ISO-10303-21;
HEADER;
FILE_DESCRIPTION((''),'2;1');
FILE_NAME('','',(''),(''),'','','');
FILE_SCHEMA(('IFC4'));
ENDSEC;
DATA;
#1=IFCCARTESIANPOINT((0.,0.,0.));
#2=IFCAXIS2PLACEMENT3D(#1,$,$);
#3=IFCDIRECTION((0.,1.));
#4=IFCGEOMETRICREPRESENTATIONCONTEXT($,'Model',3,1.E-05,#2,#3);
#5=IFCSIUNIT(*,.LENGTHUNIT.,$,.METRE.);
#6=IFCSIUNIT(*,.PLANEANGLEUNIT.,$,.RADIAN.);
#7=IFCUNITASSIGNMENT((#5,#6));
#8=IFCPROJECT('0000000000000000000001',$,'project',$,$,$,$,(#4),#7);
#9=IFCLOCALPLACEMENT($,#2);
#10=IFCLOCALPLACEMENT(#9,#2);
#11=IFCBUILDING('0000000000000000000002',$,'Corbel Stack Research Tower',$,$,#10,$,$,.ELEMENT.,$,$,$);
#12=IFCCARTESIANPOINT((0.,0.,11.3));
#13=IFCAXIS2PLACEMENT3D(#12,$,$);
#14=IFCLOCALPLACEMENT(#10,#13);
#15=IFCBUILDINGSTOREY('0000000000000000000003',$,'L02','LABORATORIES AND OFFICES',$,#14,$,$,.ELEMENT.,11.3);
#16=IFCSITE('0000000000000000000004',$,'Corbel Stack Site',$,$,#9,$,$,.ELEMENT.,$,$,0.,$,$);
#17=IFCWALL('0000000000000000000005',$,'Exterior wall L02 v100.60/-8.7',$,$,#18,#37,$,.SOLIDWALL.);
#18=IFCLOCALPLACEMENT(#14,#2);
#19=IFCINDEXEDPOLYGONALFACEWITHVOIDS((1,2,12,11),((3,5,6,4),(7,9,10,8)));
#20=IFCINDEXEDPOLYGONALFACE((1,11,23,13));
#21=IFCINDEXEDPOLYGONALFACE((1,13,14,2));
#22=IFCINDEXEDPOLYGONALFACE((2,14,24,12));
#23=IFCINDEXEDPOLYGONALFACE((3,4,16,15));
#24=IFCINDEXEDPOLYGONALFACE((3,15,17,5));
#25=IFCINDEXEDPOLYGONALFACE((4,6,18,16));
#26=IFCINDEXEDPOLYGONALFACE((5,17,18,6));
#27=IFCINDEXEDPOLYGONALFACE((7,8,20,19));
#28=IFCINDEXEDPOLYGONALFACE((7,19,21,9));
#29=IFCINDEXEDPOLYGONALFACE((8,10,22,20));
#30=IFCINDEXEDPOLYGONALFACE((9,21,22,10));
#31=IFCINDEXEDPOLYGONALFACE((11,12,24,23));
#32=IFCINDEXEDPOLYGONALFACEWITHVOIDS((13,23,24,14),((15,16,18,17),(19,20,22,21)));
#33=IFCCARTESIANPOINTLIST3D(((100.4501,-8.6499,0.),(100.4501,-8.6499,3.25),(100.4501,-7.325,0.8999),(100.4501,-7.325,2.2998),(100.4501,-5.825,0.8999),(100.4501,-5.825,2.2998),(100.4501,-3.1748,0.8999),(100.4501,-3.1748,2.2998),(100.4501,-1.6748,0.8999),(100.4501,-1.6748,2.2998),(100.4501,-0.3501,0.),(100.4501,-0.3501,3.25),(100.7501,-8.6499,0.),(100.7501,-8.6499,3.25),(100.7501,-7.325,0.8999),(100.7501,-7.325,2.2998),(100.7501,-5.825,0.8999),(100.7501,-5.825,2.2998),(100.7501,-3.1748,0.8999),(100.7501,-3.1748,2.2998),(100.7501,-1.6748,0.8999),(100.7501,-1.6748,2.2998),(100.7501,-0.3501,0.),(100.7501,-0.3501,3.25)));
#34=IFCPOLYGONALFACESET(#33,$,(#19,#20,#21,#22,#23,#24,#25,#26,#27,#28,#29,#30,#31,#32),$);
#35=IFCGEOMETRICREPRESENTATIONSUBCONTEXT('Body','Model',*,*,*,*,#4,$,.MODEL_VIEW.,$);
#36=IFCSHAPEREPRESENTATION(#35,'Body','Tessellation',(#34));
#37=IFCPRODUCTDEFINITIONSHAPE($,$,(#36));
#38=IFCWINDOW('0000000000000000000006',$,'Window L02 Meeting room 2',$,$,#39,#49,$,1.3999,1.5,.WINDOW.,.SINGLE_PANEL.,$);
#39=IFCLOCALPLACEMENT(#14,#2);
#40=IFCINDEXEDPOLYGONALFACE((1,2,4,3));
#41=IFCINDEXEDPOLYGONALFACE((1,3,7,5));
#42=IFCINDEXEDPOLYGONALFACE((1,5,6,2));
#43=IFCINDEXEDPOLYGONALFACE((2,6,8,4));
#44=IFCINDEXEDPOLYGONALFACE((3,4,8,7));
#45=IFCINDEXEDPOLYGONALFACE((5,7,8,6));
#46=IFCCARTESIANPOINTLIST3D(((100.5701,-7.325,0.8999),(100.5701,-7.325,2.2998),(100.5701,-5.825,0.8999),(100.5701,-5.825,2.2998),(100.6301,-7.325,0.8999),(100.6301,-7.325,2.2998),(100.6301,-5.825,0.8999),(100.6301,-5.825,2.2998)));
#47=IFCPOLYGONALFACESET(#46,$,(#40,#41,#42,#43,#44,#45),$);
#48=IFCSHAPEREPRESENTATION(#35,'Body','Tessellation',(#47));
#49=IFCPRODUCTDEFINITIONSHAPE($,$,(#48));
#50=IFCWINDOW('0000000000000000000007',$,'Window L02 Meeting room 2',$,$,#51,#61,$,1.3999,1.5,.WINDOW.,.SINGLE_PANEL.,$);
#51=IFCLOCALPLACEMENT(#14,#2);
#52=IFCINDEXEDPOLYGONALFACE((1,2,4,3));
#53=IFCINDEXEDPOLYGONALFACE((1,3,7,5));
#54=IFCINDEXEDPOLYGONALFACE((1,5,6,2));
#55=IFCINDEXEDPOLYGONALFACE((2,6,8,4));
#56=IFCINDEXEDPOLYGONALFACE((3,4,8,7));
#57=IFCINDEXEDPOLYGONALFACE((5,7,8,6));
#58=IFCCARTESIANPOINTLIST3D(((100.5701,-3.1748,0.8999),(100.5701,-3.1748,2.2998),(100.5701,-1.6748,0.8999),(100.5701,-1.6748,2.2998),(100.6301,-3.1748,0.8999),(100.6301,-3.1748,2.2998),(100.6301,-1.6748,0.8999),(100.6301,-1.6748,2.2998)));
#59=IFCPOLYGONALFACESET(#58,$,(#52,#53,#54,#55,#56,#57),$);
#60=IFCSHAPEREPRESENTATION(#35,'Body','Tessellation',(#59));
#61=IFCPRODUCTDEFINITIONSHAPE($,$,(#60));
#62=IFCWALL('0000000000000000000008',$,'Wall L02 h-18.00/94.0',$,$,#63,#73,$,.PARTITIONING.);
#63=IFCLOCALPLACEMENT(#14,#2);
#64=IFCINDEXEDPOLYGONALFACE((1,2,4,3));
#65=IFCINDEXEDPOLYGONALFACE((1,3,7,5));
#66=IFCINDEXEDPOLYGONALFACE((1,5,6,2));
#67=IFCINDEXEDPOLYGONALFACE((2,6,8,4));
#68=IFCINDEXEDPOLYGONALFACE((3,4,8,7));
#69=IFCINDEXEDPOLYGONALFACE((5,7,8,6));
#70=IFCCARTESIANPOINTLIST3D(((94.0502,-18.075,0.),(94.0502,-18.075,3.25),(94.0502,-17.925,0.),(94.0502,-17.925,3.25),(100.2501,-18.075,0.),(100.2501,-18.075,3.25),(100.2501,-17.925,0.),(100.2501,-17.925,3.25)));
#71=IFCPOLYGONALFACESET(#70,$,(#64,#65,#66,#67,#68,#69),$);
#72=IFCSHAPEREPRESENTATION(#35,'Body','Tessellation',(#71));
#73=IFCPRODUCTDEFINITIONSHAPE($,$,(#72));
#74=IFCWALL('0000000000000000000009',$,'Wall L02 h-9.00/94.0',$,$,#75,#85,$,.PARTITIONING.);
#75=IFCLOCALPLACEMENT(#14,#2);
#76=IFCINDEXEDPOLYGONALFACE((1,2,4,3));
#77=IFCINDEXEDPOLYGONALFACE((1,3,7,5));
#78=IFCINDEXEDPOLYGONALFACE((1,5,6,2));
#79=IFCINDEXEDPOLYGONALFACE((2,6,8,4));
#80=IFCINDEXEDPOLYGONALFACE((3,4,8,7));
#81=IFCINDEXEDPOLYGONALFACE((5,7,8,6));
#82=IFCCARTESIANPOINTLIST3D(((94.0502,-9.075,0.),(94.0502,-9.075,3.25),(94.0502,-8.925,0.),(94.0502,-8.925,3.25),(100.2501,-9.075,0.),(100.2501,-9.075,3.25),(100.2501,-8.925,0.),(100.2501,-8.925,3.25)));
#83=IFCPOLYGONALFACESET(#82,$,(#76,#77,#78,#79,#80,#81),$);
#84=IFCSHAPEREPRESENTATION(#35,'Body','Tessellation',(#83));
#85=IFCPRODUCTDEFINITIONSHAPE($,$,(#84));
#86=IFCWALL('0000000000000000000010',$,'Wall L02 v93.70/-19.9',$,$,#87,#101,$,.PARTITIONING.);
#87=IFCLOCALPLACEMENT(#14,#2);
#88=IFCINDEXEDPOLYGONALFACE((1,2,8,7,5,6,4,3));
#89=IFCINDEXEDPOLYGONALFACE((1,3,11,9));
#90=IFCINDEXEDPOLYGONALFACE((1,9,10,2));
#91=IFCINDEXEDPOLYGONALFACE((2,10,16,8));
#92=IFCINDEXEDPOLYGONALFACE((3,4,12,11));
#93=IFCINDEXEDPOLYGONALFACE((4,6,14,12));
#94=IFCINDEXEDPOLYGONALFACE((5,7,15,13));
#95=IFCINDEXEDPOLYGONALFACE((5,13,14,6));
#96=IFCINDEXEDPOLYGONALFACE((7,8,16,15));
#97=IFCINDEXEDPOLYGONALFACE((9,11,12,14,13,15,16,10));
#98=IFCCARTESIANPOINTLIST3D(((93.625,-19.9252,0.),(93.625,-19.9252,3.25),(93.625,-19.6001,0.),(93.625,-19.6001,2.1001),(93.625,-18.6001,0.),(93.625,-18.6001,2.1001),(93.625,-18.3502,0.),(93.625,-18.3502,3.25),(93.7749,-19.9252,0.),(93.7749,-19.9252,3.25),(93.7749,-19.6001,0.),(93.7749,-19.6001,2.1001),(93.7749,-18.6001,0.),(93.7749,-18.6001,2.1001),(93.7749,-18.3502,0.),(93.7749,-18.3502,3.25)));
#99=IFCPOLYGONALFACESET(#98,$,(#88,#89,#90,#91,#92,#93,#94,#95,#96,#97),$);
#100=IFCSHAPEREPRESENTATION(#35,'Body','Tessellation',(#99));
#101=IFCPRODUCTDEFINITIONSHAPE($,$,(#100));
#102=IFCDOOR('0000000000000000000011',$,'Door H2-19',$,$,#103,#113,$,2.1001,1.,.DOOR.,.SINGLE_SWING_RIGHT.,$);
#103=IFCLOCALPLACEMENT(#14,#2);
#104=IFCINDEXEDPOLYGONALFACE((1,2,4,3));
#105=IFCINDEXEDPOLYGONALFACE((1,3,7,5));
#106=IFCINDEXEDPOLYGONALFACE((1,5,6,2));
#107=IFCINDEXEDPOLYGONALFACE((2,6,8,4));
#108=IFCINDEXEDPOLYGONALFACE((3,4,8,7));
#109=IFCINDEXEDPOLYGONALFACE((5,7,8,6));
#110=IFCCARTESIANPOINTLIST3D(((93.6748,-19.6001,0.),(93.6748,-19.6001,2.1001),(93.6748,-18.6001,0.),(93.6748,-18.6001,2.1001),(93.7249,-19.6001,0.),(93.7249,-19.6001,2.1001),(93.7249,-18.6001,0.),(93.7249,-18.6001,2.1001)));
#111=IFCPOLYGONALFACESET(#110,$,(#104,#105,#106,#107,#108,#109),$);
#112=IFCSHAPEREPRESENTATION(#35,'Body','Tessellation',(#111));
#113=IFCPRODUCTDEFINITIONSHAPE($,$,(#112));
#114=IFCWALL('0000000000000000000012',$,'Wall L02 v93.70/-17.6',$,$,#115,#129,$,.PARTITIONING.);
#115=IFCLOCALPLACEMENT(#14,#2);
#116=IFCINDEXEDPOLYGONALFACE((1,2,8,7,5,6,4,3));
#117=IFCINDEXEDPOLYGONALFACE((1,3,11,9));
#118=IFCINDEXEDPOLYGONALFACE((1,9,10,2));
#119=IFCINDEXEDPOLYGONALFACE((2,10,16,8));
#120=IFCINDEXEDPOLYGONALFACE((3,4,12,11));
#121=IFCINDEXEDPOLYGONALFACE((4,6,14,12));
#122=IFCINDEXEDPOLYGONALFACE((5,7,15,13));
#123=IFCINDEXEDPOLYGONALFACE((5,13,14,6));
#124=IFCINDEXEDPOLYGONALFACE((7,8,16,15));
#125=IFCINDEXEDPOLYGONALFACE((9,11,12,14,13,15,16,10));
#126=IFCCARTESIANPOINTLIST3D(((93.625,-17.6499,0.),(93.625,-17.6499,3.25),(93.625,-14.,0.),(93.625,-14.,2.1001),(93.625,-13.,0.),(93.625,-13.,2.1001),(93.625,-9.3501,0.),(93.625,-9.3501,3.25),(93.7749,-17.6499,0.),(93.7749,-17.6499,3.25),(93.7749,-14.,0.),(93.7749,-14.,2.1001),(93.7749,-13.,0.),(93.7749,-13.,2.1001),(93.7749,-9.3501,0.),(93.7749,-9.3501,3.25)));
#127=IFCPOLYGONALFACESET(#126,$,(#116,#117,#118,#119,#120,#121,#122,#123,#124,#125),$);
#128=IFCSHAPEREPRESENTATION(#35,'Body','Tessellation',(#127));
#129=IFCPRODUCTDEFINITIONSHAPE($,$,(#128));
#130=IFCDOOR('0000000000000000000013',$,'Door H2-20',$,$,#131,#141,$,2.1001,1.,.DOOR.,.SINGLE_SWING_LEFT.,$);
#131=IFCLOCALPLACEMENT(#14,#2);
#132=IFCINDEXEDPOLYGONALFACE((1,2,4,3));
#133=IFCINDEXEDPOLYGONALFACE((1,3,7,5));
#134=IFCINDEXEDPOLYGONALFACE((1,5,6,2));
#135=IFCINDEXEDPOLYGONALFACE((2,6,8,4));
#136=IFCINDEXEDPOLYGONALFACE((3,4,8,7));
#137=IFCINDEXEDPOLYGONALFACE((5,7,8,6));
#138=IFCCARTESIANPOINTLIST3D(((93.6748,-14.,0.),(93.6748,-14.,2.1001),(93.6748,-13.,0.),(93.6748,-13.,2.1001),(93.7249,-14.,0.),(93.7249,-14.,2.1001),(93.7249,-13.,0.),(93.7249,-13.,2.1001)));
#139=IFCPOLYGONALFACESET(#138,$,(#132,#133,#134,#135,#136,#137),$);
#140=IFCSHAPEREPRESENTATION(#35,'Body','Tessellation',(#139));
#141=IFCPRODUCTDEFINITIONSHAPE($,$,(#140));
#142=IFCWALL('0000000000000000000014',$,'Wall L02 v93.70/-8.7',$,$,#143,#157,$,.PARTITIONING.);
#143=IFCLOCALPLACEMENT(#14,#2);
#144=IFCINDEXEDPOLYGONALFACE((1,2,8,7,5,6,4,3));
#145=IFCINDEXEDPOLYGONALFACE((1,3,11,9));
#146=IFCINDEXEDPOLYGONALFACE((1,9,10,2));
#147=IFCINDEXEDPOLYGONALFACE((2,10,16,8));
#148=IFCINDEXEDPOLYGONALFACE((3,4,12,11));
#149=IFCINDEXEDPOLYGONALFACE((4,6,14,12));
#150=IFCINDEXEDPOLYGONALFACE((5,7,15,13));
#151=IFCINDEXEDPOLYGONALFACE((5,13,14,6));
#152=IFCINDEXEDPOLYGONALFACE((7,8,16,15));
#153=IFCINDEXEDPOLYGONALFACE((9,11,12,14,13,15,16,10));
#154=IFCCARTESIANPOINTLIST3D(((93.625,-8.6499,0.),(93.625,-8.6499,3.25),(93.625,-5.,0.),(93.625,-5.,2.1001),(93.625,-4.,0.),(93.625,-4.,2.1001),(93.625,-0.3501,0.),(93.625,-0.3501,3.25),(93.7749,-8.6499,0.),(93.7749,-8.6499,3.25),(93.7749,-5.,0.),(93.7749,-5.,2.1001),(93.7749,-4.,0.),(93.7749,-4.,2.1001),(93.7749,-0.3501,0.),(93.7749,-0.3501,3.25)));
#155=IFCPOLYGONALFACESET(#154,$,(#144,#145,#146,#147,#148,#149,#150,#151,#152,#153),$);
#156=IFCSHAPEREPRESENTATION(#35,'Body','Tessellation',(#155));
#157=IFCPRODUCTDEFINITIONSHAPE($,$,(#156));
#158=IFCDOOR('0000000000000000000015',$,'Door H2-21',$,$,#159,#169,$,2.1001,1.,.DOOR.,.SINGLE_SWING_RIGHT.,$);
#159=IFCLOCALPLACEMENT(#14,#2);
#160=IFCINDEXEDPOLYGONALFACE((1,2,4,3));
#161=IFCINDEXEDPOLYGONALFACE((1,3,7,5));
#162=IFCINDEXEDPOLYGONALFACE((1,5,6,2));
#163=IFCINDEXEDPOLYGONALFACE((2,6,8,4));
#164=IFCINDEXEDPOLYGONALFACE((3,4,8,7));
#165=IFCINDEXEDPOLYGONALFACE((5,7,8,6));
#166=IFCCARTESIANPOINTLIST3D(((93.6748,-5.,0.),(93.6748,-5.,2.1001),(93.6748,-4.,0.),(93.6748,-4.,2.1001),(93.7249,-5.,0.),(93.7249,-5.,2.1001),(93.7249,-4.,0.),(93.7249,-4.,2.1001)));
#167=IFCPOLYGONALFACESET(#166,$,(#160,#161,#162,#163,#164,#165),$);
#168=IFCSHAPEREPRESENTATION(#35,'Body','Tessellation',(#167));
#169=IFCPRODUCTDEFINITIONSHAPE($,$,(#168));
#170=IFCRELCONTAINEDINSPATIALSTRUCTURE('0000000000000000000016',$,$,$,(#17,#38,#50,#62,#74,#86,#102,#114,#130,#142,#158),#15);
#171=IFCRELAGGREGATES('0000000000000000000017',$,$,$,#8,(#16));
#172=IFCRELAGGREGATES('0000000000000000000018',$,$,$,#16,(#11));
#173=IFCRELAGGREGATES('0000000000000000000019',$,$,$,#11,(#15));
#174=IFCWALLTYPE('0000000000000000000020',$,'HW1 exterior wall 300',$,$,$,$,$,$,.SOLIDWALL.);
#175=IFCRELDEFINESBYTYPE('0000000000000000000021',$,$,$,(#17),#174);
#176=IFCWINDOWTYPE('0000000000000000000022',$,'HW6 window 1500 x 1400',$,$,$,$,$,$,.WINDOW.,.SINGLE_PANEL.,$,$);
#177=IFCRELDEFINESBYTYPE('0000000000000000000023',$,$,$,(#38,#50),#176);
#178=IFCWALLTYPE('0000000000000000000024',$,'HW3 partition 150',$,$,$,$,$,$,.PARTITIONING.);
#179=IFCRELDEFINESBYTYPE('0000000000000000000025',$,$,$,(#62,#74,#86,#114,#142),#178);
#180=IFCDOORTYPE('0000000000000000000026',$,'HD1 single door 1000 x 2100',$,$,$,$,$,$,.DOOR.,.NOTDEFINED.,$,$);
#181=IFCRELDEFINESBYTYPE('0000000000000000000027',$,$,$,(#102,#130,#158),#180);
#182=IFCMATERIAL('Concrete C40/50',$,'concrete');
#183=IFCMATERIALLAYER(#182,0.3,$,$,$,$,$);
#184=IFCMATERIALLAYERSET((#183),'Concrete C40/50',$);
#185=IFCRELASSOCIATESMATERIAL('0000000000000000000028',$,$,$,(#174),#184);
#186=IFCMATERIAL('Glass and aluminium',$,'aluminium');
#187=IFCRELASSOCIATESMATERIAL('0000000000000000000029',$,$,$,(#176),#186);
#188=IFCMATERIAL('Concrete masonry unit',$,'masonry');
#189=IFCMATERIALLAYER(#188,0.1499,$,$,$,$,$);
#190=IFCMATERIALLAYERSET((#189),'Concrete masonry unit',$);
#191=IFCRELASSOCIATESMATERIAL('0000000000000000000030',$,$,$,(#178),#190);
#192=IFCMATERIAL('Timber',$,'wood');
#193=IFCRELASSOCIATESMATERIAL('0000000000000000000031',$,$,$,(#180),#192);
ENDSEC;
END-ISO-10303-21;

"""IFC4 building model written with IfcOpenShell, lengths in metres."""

from ifc_helpers import new_model, si_unit, direction, frame, frame_2d, origin, place, context, subcontext, project, spatial, rectangle, extrude, material, layer, layer_set, type_object, element, fill, save


model = new_model("IFC4")

# Units and contexts
model_context = context("Model", 3, precision=1e-05, world=origin(), true_north=direction((0.0, 1.0)))
body_context = subcontext(model_context, "Body", "Model", "MODEL_VIEW")
ifc_project = project(units=[si_unit("LENGTHUNIT", "METRE"), si_unit("PLANEANGLEUNIT", "RADIAN")], contexts=[model_context])

# Site, building, storey
site_placement = place(None, origin())
site = spatial("IfcSite", under=ifc_project, at=site_placement, Name="Corbel Stack Site", CompositionType="ELEMENT", RefElevation=0.0)
building_placement = place(site_placement, origin())
building = spatial("IfcBuilding", under=site, at=building_placement, Name="Corbel Stack Research Tower", CompositionType="ELEMENT")
storey_placement = place(building_placement, frame((0.0, 0.0, 11.3)))
storey = spatial("IfcBuildingStorey", under=building, at=storey_placement, Name="L02", Description="LABORATORIES AND OFFICES", CompositionType="ELEMENT", Elevation=11.3)

# Shared definitions
ifc_material_1 = material(Name="Concrete C40/50", Category="concrete")
ifc_layer_1 = layer(ifc_material_1, 0.3)
ifc_layer_set_1 = layer_set([ifc_layer_1], Name="Concrete C40/50")
wall_type_1 = type_object("IfcWallType", Name="HW1 exterior wall 300", PredefinedType="SOLIDWALL", material=ifc_layer_set_1)

# Wall, openings, windows
ifc_material_2 = material(Name="Glass and aluminium", Category="aluminium")
window_type = type_object("IfcWindowType", Name="HW6 window 1500 x 1400", PartitioningType="SINGLE_PANEL", PredefinedType="WINDOW", material=ifc_material_2)
wall_1_placement = place(storey_placement, frame((100.6001, -8.6499, 0.0), z_axis=(0.0, 0.0, 1.0), x_axis=(0.0, 1.0, 0.0)))
wall_1 = element("IfcWall", 1, at=wall_1_placement, inside=storey, type_object=wall_type_1, Name="Exterior wall L02 v100.60/-8.7", PredefinedType="SOLIDWALL", context=body_context, shape_type="SweptSolid", body=[
    extrude(rectangle(XDim=8.2998, YDim=0.3, at=frame_2d((4.1499, 0.0))), origin(), (0.0, 0.0, 1.0), 3.25),
])
opening_1_placement = place(wall_1_placement, frame((1.325, 0.0, 0.8999)))
opening_1 = element("IfcOpeningElement", 2, at=opening_1_placement, cuts=wall_1, PredefinedType="OPENING", context=body_context, shape_type="SweptSolid", body=[
    extrude(rectangle(XDim=1.5, YDim=1.3999, at=frame_2d((0.75, 0.7))), frame((0.0, 0.1599, 0.0), z_axis=(0.0, -1.0, 0.0), x_axis=(1.0, 0.0, 0.0)), (0.0, 0.0, 1.0), 0.3201),
])
opening_2_placement = place(wall_1_placement, frame((5.4751, 0.0, 0.8999)))
opening_2 = element("IfcOpeningElement", 3, at=opening_2_placement, cuts=wall_1, PredefinedType="OPENING", context=body_context, shape_type="SweptSolid", body=[
    extrude(rectangle(XDim=1.5, YDim=1.3999, at=frame_2d((0.75, 0.7))), frame((0.0, 0.1599, 0.0), z_axis=(0.0, -1.0, 0.0), x_axis=(1.0, 0.0, 0.0)), (0.0, 0.0, 1.0), 0.3201),
])
window_1_placement = place(opening_1_placement, origin())
window_1 = element("IfcWindow", 4, at=window_1_placement, inside=storey, type_object=window_type, Name="Window L02 Meeting room 2", OverallHeight=1.3999, OverallWidth=1.5, PartitioningType="SINGLE_PANEL", PredefinedType="WINDOW", context=body_context, shape_type="SweptSolid", body=[
    extrude(rectangle(XDim=1.5, YDim=1.3999, at=frame_2d((0.75, 0.7))), frame((0.0, 0.03, 0.0), z_axis=(0.0, -1.0, 0.0), x_axis=(1.0, 0.0, 0.0)), (0.0, 0.0, 1.0), 0.0601),
])
fill(opening_1, window_1)
window_2_placement = place(opening_2_placement, origin())
window_2 = element("IfcWindow", 5, at=window_2_placement, inside=storey, type_object=window_type, Name="Window L02 Meeting room 2", OverallHeight=1.3999, OverallWidth=1.5, PartitioningType="SINGLE_PANEL", PredefinedType="WINDOW", context=body_context, shape_type="SweptSolid", body=[
    extrude(rectangle(XDim=1.5, YDim=1.3999, at=frame_2d((0.75, 0.7))), frame((0.0, 0.03, 0.0), z_axis=(0.0, -1.0, 0.0), x_axis=(1.0, 0.0, 0.0)), (0.0, 0.0, 1.0), 0.0601),
])
fill(opening_2, window_2)

# Walls
ifc_material_3 = material(Name="Concrete masonry unit", Category="masonry")
ifc_layer_2 = layer(ifc_material_3, 0.1499)
ifc_layer_set_2 = layer_set([ifc_layer_2], Name="Concrete masonry unit")
wall_type_2 = type_object("IfcWallType", Name="HW3 partition 150", PredefinedType="PARTITIONING", material=ifc_layer_set_2)
for number, where, z_axis, x_axis, name in (
    (6, (94.05, -18.0, 0.0), (0.0, 0.0, 1.0), (1.0, 0.0, 0.0), "Wall L02 h-18.00/94.0"),
    (7, (94.05, -9.0, 0.0), (0.0, 0.0, 1.0), (1.0, 0.0, 0.0), "Wall L02 h-9.00/94.0"),
):
    element("IfcWall", number, at=place(storey_placement, frame(where, z_axis=z_axis, x_axis=x_axis)), inside=storey, type_object=wall_type_2, Name=name, PredefinedType="PARTITIONING", context=body_context, shape_type="SweptSolid", body=[
        extrude(rectangle(XDim=6.2, YDim=0.1499, at=frame_2d((3.1001, 0.0))), origin(), (0.0, 0.0, 1.0), 3.25),
    ])

# Walls, openings, doors
wall_2_placement = place(storey_placement, frame((93.7, -18.3501, 0.0), z_axis=(0.0, 0.0, 1.0), x_axis=(0.0, -1.0, 0.0)))
wall_2 = element("IfcWall", 8, at=wall_2_placement, inside=storey, type_object=wall_type_2, Name="Wall L02 v93.70/-19.9", PredefinedType="PARTITIONING", context=body_context, shape_type="SweptSolid", body=[
    extrude(rectangle(XDim=1.575, YDim=0.1499, at=frame_2d((0.7876, 0.0))), origin(), (0.0, 0.0, 1.0), 3.25),
])
opening_3_placement = place(wall_2_placement, frame((0.25, 0.0, 0.0)))
opening_3 = element("IfcOpeningElement", 9, at=opening_3_placement, cuts=wall_2, PredefinedType="OPENING", context=body_context, shape_type="SweptSolid", body=[
    extrude(rectangle(XDim=1.0, YDim=2.1001, at=frame_2d((0.5, 1.05))), frame((0.0, 0.085, 0.0), z_axis=(0.0, -1.0, 0.0), x_axis=(1.0, 0.0, 0.0)), (0.0, 0.0, 1.0), 0.1699),
])
ifc_material_4 = material(Name="Timber", Category="wood")
door_type = type_object("IfcDoorType", Name="HD1 single door 1000 x 2100", OperationType="NOTDEFINED", PredefinedType="DOOR", material=ifc_material_4)
door_1_placement = place(opening_3_placement, origin())
door_1 = element("IfcDoor", 10, at=door_1_placement, inside=storey, type_object=door_type, Name="Door H2-19", OperationType="SINGLE_SWING_RIGHT", OverallHeight=2.1001, OverallWidth=1.0, PredefinedType="DOOR", context=body_context, shape_type="SweptSolid", body=[
    extrude(rectangle(XDim=1.0, YDim=2.1001, at=frame_2d((0.5, 1.05))), frame((0.0, 0.0249, 0.0), z_axis=(0.0, -1.0, 0.0), x_axis=(1.0, 0.0, 0.0)), (0.0, 0.0, 1.0), 0.05),
])
fill(opening_3, door_1)
wall_3_placement = place(storey_placement, frame((93.7, -9.3501, 0.0), z_axis=(0.0, 0.0, 1.0), x_axis=(0.0, -1.0, 0.0)))
wall_3 = element("IfcWall", 11, at=wall_3_placement, inside=storey, type_object=wall_type_2, Name="Wall L02 v93.70/-17.6", PredefinedType="PARTITIONING", context=body_context, shape_type="SweptSolid", body=[
    extrude(rectangle(XDim=8.2998, YDim=0.1499, at=frame_2d((4.1499, 0.0))), origin(), (0.0, 0.0, 1.0), 3.25),
])
opening_4_placement = place(wall_3_placement, frame((3.6499, 0.0, 0.0)))
opening_4 = element("IfcOpeningElement", 12, at=opening_4_placement, cuts=wall_3, PredefinedType="OPENING", context=body_context, shape_type="SweptSolid", body=[
    extrude(rectangle(XDim=1.0, YDim=2.1001, at=frame_2d((0.5, 1.05))), frame((0.0, 0.085, 0.0), z_axis=(0.0, -1.0, 0.0), x_axis=(1.0, 0.0, 0.0)), (0.0, 0.0, 1.0), 0.1699),
])
door_2_placement = place(opening_4_placement, origin())
door_2 = element("IfcDoor", 13, at=door_2_placement, inside=storey, type_object=door_type, Name="Door H2-20", OperationType="SINGLE_SWING_LEFT", OverallHeight=2.1001, OverallWidth=1.0, PredefinedType="DOOR", context=body_context, shape_type="SweptSolid", body=[
    extrude(rectangle(XDim=1.0, YDim=2.1001, at=frame_2d((0.5, 1.05))), frame((0.0, 0.0249, 0.0), z_axis=(0.0, -1.0, 0.0), x_axis=(1.0, 0.0, 0.0)), (0.0, 0.0, 1.0), 0.05),
])
fill(opening_4, door_2)
wall_4_placement = place(storey_placement, frame((93.7, -0.3501, 0.0), z_axis=(0.0, 0.0, 1.0), x_axis=(0.0, -1.0, 0.0)))
wall_4 = element("IfcWall", 14, at=wall_4_placement, inside=storey, type_object=wall_type_2, Name="Wall L02 v93.70/-8.7", PredefinedType="PARTITIONING", context=body_context, shape_type="SweptSolid", body=[
    extrude(rectangle(XDim=8.2998, YDim=0.1499, at=frame_2d((4.1499, 0.0))), origin(), (0.0, 0.0, 1.0), 3.25),
])
opening_5_placement = place(wall_4_placement, frame((3.6499, 0.0, 0.0)))
opening_5 = element("IfcOpeningElement", 15, at=opening_5_placement, cuts=wall_4, PredefinedType="OPENING", context=body_context, shape_type="SweptSolid", body=[
    extrude(rectangle(XDim=1.0, YDim=2.1001, at=frame_2d((0.5, 1.05))), frame((0.0, 0.085, 0.0), z_axis=(0.0, -1.0, 0.0), x_axis=(1.0, 0.0, 0.0)), (0.0, 0.0, 1.0), 0.1699),
])
door_3_placement = place(opening_5_placement, origin())
door_3 = element("IfcDoor", 16, at=door_3_placement, inside=storey, type_object=door_type, Name="Door H2-21", OperationType="SINGLE_SWING_RIGHT", OverallHeight=2.1001, OverallWidth=1.0, PredefinedType="DOOR", context=body_context, shape_type="SweptSolid", body=[
    extrude(rectangle(XDim=1.0, YDim=2.1001, at=frame_2d((0.5, 1.05))), frame((0.0, 0.0249, 0.0), z_axis=(0.0, -1.0, 0.0), x_axis=(1.0, 0.0, 0.0)), (0.0, 0.0, 1.0), 0.05),
])
fill(opening_5, door_3)

save(model, "model.ifc")
